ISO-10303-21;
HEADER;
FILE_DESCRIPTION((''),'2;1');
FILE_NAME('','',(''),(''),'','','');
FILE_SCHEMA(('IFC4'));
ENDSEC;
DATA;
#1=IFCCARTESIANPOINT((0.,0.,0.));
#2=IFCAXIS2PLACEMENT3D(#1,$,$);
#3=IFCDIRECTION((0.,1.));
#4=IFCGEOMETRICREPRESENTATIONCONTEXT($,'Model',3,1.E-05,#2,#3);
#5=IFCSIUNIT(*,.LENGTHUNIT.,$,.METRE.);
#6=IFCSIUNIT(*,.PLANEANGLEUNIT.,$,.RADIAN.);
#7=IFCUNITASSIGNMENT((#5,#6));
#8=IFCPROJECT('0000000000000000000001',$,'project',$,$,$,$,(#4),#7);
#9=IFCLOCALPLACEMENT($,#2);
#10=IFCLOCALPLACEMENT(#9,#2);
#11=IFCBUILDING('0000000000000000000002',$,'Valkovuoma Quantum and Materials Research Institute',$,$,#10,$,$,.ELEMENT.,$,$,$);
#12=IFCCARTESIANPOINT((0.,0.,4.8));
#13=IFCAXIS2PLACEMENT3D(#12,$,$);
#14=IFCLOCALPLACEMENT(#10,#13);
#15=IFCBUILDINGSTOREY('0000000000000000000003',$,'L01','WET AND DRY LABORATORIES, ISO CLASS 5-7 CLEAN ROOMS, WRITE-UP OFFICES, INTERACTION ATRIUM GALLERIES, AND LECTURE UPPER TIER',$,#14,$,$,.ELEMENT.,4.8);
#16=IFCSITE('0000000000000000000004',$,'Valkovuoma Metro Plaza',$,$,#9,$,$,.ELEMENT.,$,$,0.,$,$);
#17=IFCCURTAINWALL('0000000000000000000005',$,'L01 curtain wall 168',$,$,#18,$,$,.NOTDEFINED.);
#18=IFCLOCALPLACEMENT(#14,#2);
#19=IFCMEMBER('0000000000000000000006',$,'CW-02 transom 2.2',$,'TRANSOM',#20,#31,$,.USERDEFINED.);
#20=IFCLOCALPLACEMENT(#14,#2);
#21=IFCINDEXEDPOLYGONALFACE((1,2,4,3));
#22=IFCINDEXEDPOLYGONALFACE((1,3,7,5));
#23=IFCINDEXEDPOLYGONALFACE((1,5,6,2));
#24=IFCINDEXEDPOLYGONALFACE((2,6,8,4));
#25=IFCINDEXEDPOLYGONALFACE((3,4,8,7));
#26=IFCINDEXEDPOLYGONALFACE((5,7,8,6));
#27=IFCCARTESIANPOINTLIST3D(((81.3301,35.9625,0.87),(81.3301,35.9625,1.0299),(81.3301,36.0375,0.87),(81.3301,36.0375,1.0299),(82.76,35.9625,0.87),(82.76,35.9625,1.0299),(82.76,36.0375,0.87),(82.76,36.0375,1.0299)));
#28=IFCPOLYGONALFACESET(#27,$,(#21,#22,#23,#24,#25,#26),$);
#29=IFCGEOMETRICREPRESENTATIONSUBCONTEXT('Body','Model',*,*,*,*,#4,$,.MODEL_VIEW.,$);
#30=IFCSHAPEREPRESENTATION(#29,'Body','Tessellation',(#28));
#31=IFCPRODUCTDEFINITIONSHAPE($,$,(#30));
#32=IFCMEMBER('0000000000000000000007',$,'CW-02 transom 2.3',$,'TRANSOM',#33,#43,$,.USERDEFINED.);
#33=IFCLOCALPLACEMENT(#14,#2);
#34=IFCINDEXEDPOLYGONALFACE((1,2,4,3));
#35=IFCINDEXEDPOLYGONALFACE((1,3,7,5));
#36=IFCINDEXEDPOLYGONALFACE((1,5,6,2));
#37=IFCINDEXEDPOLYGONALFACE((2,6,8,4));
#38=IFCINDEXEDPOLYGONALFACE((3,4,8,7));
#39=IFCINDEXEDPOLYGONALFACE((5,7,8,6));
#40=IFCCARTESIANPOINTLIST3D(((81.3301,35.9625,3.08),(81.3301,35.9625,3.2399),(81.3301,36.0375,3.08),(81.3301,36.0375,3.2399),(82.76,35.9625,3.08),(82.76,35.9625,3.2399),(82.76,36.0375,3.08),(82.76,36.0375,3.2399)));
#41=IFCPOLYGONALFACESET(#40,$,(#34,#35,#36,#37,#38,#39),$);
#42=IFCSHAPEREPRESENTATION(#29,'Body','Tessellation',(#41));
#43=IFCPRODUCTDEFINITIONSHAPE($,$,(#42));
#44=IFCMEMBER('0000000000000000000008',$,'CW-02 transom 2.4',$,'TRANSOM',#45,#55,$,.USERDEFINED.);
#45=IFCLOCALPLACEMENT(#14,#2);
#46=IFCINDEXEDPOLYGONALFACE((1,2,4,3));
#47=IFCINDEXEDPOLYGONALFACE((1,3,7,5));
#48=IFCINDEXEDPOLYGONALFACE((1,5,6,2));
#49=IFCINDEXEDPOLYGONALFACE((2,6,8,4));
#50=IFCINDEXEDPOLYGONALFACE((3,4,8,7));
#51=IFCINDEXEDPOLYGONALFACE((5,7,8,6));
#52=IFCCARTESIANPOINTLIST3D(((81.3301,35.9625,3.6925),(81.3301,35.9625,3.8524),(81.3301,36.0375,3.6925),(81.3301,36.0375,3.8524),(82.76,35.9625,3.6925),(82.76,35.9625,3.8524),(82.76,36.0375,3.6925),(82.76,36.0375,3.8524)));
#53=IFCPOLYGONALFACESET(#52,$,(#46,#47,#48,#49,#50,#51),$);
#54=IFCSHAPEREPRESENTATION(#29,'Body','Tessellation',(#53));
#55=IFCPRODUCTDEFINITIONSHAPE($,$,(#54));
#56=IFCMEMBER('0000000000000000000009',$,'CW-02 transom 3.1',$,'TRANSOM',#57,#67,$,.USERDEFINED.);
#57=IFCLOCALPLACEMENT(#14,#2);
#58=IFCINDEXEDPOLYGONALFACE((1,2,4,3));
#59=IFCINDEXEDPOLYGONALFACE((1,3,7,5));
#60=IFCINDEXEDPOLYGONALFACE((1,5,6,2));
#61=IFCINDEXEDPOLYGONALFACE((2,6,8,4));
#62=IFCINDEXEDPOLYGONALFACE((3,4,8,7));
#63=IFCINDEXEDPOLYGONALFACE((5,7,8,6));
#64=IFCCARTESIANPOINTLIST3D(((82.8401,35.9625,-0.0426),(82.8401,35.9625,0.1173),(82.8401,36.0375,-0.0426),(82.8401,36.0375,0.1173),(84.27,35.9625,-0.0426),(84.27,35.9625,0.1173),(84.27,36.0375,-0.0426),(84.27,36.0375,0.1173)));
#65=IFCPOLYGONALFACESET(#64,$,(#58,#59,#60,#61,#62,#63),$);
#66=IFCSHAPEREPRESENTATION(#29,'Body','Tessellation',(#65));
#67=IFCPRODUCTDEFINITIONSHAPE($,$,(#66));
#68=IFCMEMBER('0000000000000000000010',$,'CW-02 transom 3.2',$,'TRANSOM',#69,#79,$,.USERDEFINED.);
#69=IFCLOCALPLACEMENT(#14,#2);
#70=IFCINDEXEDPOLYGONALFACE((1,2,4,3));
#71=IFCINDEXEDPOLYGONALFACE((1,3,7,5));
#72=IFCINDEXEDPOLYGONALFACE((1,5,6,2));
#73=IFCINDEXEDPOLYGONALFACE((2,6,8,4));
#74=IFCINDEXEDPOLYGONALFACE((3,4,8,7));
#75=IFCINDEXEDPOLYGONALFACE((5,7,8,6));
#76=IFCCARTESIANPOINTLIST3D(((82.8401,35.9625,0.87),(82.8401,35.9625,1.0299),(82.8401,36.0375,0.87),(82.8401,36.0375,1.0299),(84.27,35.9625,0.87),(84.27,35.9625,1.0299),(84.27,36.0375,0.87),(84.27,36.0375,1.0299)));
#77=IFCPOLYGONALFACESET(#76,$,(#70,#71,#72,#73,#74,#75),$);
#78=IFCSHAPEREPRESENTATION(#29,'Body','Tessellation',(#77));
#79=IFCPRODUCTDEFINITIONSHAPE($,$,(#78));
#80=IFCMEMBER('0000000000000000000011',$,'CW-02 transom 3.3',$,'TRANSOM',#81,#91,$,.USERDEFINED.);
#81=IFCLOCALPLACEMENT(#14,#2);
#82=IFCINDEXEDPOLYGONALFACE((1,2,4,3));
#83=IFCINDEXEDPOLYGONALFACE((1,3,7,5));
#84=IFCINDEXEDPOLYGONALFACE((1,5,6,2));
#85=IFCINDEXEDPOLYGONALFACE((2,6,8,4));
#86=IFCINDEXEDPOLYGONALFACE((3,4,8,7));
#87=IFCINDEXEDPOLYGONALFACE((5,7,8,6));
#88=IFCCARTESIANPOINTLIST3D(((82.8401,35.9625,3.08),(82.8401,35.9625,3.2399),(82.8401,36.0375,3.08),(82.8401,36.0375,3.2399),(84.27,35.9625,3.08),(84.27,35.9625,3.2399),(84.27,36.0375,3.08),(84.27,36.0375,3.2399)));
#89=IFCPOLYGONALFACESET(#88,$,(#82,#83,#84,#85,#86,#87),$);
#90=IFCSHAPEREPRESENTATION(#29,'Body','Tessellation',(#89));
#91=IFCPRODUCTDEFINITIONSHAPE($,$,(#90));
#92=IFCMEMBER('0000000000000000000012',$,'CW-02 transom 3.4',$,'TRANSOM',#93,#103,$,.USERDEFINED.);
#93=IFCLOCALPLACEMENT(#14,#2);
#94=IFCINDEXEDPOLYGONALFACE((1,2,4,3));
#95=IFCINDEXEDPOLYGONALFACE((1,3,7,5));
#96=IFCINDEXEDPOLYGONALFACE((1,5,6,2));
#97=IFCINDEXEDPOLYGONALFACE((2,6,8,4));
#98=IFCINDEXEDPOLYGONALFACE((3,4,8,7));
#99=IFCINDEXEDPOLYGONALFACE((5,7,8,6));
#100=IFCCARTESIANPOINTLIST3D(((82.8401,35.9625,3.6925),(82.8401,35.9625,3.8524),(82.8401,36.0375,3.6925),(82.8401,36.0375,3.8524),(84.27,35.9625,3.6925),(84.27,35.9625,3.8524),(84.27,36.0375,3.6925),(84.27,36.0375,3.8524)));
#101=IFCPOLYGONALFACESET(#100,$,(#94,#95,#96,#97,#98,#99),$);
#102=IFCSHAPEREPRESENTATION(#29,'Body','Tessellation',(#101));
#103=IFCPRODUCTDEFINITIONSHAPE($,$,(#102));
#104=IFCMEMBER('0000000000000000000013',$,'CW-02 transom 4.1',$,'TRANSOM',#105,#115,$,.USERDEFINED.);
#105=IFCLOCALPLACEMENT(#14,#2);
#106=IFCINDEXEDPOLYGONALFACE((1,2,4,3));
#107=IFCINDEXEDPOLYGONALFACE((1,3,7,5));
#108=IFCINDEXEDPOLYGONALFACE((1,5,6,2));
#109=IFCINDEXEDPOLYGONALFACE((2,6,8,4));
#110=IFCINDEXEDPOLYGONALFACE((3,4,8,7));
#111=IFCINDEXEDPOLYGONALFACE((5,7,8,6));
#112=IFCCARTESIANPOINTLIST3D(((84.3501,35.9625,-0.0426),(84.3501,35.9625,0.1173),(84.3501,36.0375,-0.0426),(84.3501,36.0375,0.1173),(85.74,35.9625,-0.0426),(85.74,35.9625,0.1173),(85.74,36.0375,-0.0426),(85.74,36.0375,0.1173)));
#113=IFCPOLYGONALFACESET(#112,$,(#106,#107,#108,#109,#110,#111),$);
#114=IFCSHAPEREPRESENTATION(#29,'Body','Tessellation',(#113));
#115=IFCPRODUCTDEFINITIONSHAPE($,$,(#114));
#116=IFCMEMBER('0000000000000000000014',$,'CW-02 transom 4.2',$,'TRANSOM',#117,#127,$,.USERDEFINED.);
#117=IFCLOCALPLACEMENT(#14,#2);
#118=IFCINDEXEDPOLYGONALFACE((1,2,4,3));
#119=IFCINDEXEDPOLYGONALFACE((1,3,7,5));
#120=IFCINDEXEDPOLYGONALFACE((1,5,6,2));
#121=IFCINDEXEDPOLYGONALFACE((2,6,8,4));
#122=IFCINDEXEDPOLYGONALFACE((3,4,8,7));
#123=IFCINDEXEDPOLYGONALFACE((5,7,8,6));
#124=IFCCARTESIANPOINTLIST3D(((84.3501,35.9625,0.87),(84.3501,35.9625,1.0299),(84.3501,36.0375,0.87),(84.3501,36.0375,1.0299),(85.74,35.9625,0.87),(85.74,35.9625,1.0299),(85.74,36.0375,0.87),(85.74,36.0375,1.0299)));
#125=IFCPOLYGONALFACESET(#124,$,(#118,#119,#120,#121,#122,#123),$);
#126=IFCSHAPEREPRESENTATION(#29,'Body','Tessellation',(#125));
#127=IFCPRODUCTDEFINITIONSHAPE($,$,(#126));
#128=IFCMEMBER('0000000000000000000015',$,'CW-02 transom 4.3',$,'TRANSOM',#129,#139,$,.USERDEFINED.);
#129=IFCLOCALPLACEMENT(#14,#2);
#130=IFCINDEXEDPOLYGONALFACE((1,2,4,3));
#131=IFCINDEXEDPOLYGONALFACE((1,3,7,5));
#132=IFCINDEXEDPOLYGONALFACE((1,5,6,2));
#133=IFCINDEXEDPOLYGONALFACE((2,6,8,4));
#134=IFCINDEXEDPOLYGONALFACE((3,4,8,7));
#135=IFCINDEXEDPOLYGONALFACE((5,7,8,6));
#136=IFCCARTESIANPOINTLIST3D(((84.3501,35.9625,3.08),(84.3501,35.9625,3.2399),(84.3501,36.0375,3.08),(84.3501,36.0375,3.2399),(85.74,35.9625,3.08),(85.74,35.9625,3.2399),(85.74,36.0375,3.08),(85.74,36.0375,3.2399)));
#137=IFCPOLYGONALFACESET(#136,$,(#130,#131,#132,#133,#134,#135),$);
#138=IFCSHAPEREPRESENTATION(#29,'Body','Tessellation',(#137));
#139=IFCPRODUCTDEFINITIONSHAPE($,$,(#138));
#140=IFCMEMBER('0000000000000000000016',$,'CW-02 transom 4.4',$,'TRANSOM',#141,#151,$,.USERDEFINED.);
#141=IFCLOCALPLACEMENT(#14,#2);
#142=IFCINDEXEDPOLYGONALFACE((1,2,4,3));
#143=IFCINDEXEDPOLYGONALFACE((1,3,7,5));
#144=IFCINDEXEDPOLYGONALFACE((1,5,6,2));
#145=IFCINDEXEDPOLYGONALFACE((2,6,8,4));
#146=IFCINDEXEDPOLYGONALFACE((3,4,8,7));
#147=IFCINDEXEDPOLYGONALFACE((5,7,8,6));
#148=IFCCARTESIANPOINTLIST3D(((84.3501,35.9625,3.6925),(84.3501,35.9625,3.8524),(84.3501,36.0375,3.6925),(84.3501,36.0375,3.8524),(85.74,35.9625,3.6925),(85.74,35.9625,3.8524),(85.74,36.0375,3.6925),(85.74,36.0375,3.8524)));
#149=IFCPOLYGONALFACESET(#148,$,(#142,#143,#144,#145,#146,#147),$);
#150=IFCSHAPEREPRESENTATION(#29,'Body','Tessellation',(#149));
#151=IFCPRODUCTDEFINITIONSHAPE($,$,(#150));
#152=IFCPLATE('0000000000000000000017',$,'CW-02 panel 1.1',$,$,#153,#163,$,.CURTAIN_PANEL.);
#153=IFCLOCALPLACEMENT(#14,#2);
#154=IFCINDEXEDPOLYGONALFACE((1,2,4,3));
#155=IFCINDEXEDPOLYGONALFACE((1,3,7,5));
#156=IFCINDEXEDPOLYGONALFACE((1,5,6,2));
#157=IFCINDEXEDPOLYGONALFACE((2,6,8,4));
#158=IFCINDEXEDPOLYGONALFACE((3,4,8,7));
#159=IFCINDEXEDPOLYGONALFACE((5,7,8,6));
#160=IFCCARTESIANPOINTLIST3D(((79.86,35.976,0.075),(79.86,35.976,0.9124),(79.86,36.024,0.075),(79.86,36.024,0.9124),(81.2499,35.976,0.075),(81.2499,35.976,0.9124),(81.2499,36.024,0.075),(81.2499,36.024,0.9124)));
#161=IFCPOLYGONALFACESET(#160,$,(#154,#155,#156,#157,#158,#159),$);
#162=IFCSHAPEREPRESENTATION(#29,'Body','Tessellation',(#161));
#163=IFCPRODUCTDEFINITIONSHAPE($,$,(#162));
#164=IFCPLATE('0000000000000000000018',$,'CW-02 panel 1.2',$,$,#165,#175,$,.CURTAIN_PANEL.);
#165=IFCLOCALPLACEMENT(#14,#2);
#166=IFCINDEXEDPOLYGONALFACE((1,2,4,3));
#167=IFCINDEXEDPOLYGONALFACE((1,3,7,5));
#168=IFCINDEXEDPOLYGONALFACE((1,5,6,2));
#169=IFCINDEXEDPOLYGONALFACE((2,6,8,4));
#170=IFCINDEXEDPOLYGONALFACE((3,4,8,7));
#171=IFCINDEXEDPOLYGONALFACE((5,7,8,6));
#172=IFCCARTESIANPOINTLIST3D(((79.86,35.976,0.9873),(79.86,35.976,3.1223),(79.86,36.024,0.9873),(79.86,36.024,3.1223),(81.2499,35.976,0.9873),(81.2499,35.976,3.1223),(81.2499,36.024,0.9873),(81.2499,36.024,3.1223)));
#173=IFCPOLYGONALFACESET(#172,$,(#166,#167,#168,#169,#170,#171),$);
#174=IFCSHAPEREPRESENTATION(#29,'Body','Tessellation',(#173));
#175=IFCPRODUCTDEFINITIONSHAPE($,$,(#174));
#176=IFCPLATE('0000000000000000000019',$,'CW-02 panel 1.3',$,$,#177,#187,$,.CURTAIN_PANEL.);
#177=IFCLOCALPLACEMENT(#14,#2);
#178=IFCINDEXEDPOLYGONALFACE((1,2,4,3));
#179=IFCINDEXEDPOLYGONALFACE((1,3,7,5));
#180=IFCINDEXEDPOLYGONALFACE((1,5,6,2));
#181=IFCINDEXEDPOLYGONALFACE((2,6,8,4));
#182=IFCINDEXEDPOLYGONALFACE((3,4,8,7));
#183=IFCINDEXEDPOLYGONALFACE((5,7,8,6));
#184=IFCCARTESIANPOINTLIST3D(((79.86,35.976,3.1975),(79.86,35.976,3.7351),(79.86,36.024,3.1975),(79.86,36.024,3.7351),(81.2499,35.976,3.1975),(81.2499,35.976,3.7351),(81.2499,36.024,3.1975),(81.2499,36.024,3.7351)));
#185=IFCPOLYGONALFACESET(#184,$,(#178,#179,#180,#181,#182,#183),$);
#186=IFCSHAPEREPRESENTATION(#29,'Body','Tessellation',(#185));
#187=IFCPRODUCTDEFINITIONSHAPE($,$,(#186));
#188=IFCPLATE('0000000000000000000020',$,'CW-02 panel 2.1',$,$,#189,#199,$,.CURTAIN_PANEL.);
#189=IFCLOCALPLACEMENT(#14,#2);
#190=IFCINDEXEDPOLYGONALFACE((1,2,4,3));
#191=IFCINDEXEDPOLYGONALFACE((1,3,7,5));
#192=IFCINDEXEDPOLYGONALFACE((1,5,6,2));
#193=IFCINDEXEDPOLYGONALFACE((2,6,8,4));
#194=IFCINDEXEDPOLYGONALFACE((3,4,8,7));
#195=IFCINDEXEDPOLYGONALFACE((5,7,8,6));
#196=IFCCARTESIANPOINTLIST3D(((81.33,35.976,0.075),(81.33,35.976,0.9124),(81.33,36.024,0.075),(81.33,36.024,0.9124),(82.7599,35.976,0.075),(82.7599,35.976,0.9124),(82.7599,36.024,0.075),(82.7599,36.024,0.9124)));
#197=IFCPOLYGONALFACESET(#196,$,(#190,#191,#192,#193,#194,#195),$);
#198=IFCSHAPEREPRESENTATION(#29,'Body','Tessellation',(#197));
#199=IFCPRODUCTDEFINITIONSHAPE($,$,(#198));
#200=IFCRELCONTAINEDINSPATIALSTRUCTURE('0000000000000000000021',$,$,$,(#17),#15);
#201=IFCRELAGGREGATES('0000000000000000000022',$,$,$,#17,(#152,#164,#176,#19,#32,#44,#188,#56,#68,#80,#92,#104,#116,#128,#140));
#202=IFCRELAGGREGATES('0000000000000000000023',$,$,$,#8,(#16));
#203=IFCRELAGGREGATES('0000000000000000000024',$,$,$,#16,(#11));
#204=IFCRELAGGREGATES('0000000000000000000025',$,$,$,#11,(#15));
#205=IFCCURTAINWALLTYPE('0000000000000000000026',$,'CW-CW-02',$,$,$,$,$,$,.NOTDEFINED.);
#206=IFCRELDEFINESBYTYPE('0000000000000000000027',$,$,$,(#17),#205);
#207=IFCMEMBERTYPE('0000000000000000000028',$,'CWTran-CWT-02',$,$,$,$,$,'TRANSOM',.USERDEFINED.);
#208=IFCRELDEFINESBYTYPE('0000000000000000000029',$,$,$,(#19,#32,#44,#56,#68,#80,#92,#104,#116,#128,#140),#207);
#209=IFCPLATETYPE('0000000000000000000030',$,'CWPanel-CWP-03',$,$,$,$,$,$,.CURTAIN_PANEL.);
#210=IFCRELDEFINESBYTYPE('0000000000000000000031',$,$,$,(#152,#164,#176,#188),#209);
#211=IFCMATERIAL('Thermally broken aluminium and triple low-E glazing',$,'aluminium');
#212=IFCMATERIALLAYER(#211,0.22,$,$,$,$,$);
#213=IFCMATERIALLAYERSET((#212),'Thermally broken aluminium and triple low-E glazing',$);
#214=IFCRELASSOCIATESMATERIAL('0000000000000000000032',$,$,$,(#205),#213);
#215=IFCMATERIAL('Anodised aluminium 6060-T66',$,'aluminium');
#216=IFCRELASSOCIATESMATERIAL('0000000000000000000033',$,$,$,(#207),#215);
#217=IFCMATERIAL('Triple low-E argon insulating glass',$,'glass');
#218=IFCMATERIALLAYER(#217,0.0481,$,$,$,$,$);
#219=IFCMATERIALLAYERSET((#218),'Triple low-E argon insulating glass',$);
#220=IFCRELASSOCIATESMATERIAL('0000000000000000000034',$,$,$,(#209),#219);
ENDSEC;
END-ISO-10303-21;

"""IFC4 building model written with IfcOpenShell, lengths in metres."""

from ifc_helpers import new_model, si_unit, direction, frame, origin, origin_2d, place, context, subcontext, project, spatial, rectangle, extrude, material, layer, layer_set, material_profile, profile_set, type_object, element, aggregate, save


model = new_model("IFC4")

# Units and contexts
model_context = context("Model", 3, precision=1e-05, world=origin(), true_north=direction((0.0, 1.0)))
body_context = subcontext(model_context, "Body", "Model", "MODEL_VIEW")
ifc_project = project(units=[si_unit("LENGTHUNIT", "METRE"), si_unit("PLANEANGLEUNIT", "RADIAN")], contexts=[model_context])

# Site, building, storey
site_placement = place(None, origin())
site = spatial("IfcSite", under=ifc_project, at=site_placement, Name="Valkovuoma Metro Plaza", CompositionType="ELEMENT", RefElevation=0.0)
building_placement = place(site_placement, origin())
building = spatial("IfcBuilding", under=site, at=building_placement, Name="Valkovuoma Quantum and Materials Research Institute", CompositionType="ELEMENT")
storey_placement = place(building_placement, frame((0.0, 0.0, 4.8)))
storey = spatial("IfcBuildingStorey", under=building, at=storey_placement, Name="L01", Description="WET AND DRY LABORATORIES, ISO CLASS 5-7 CLEAN ROOMS, WRITE-UP OFFICES, INTERACTION ATRIUM GALLERIES, AND LECTURE UPPER TIER", CompositionType="ELEMENT", Elevation=4.8)

# Curtain wall, members, plates
ifc_material_1 = material(Name="Thermally broken aluminium and triple low-E glazing", Category="aluminium")
ifc_layer_1 = layer(ifc_material_1, 0.22)
ifc_layer_set_1 = layer_set([ifc_layer_1], Name="Thermally broken aluminium and triple low-E glazing")
curtain_wall_type = type_object("IfcCurtainWallType", Name="CW-CW-02", PredefinedType="NOTDEFINED", material=ifc_layer_set_1)
curtain_wall_placement = place(storey_placement, origin())
curtain_wall = element("IfcCurtainWall", 1, at=curtain_wall_placement, inside=storey, type_object=curtain_wall_type, Name="L01 curtain wall 168", PredefinedType="NOTDEFINED")
ifc_material_2 = material(Name="Anodised aluminium 6060-T66", Category="aluminium")
ifc_material_profile_1 = material_profile(ifc_material_2, rectangle(XDim=0.075, YDim=0.1599, at=origin_2d()), Name="Anodised aluminium 6060-T66")
ifc_profile_set_1 = profile_set([ifc_material_profile_1], Name="Anodised aluminium 6060-T66")
member_type_1 = type_object("IfcMemberType", Name="CWTran-CWT-02", ElementType="TRANSOM", PredefinedType="USERDEFINED", material=ifc_profile_set_1)
member_1_placement = place(storey_placement, frame((81.3301, 36.0, 0.95), z_axis=(1.0, 0.0, 0.0), x_axis=(0.0, 1.0, 0.0)))
member_1 = element("IfcMember", 2, at=member_1_placement, type_object=member_type_1, Name="CW-02 transom 2.2", ObjectType="TRANSOM", PredefinedType="USERDEFINED", context=body_context, shape_type="SweptSolid", body=[
    extrude(rectangle(XDim=0.075, YDim=0.1599, at=origin_2d()), origin(), (0.0, 0.0, 1.0), 1.4299),
])
member_2_placement = place(storey_placement, frame((81.3301, 36.0, 3.1599), z_axis=(1.0, 0.0, 0.0), x_axis=(0.0, 1.0, 0.0)))
member_2 = element("IfcMember", 3, at=member_2_placement, type_object=member_type_1, Name="CW-02 transom 2.3", ObjectType="TRANSOM", PredefinedType="USERDEFINED", context=body_context, shape_type="SweptSolid", body=[
    extrude(rectangle(XDim=0.075, YDim=0.1599, at=origin_2d()), origin(), (0.0, 0.0, 1.0), 1.4299),
])
member_3_placement = place(storey_placement, frame((81.3301, 36.0, 3.7725), z_axis=(1.0, 0.0, 0.0), x_axis=(0.0, 1.0, 0.0)))
member_3 = element("IfcMember", 4, at=member_3_placement, type_object=member_type_1, Name="CW-02 transom 2.4", ObjectType="TRANSOM", PredefinedType="USERDEFINED", context=body_context, shape_type="SweptSolid", body=[
    extrude(rectangle(XDim=0.075, YDim=0.1599, at=origin_2d()), origin(), (0.0, 0.0, 1.0), 1.4299),
])
member_4_placement = place(storey_placement, frame((82.8401, 36.0, 0.0374), z_axis=(1.0, 0.0, 0.0), x_axis=(0.0, 1.0, 0.0)))
member_4 = element("IfcMember", 5, at=member_4_placement, type_object=member_type_1, Name="CW-02 transom 3.1", ObjectType="TRANSOM", PredefinedType="USERDEFINED", context=body_context, shape_type="SweptSolid", body=[
    extrude(rectangle(XDim=0.075, YDim=0.1599, at=origin_2d()), origin(), (0.0, 0.0, 1.0), 1.4299),
])
member_5_placement = place(storey_placement, frame((82.8401, 36.0, 0.95), z_axis=(1.0, 0.0, 0.0), x_axis=(0.0, 1.0, 0.0)))
member_5 = element("IfcMember", 6, at=member_5_placement, type_object=member_type_1, Name="CW-02 transom 3.2", ObjectType="TRANSOM", PredefinedType="USERDEFINED", context=body_context, shape_type="SweptSolid", body=[
    extrude(rectangle(XDim=0.075, YDim=0.1599, at=origin_2d()), origin(), (0.0, 0.0, 1.0), 1.4299),
])
member_6_placement = place(storey_placement, frame((82.8401, 36.0, 3.1599), z_axis=(1.0, 0.0, 0.0), x_axis=(0.0, 1.0, 0.0)))
member_6 = element("IfcMember", 7, at=member_6_placement, type_object=member_type_1, Name="CW-02 transom 3.3", ObjectType="TRANSOM", PredefinedType="USERDEFINED", context=body_context, shape_type="SweptSolid", body=[
    extrude(rectangle(XDim=0.075, YDim=0.1599, at=origin_2d()), origin(), (0.0, 0.0, 1.0), 1.4299),
])
member_7_placement = place(storey_placement, frame((82.8401, 36.0, 3.7725), z_axis=(1.0, 0.0, 0.0), x_axis=(0.0, 1.0, 0.0)))
member_7 = element("IfcMember", 8, at=member_7_placement, type_object=member_type_1, Name="CW-02 transom 3.4", ObjectType="TRANSOM", PredefinedType="USERDEFINED", context=body_context, shape_type="SweptSolid", body=[
    extrude(rectangle(XDim=0.075, YDim=0.1599, at=origin_2d()), origin(), (0.0, 0.0, 1.0), 1.4299),
])
member_8_placement = place(storey_placement, frame((84.3501, 36.0, 0.0374), z_axis=(1.0, 0.0, 0.0), x_axis=(0.0, 1.0, 0.0)))
member_8 = element("IfcMember", 9, at=member_8_placement, type_object=member_type_1, Name="CW-02 transom 4.1", ObjectType="TRANSOM", PredefinedType="USERDEFINED", context=body_context, shape_type="SweptSolid", body=[
    extrude(rectangle(XDim=0.075, YDim=0.1599, at=origin_2d()), origin(), (0.0, 0.0, 1.0), 1.3899),
])
member_9_placement = place(storey_placement, frame((84.3501, 36.0, 0.95), z_axis=(1.0, 0.0, 0.0), x_axis=(0.0, 1.0, 0.0)))
member_9 = element("IfcMember", 10, at=member_9_placement, type_object=member_type_1, Name="CW-02 transom 4.2", ObjectType="TRANSOM", PredefinedType="USERDEFINED", context=body_context, shape_type="SweptSolid", body=[
    extrude(rectangle(XDim=0.075, YDim=0.1599, at=origin_2d()), origin(), (0.0, 0.0, 1.0), 1.3899),
])
member_10_placement = place(storey_placement, frame((84.3501, 36.0, 3.1599), z_axis=(1.0, 0.0, 0.0), x_axis=(0.0, 1.0, 0.0)))
member_10 = element("IfcMember", 11, at=member_10_placement, type_object=member_type_1, Name="CW-02 transom 4.3", ObjectType="TRANSOM", PredefinedType="USERDEFINED", context=body_context, shape_type="SweptSolid", body=[
    extrude(rectangle(XDim=0.075, YDim=0.1599, at=origin_2d()), origin(), (0.0, 0.0, 1.0), 1.3899),
])
member_11_placement = place(storey_placement, frame((84.3501, 36.0, 3.7725), z_axis=(1.0, 0.0, 0.0), x_axis=(0.0, 1.0, 0.0)))
member_11 = element("IfcMember", 12, at=member_11_placement, type_object=member_type_1, Name="CW-02 transom 4.4", ObjectType="TRANSOM", PredefinedType="USERDEFINED", context=body_context, shape_type="SweptSolid", body=[
    extrude(rectangle(XDim=0.075, YDim=0.1599, at=origin_2d()), origin(), (0.0, 0.0, 1.0), 1.3899),
])
ifc_material_3 = material(Name="Triple low-E argon insulating glass", Category="glass")
ifc_layer_2 = layer(ifc_material_3, 0.0481)
ifc_layer_set_2 = layer_set([ifc_layer_2], Name="Triple low-E argon insulating glass")
plate_type = type_object("IfcPlateType", Name="CWPanel-CWP-03", PredefinedType="CURTAIN_PANEL", material=ifc_layer_set_2)
plate_1_placement = place(storey_placement, frame((80.5549, 36.0, 0.075), z_axis=(0.0, 0.0, 1.0), x_axis=(1.0, 0.0, 0.0)))
plate_1 = element("IfcPlate", 13, at=plate_1_placement, type_object=plate_type, Name="CW-02 panel 1.1", PredefinedType="CURTAIN_PANEL", context=body_context, shape_type="SweptSolid", body=[
    extrude(rectangle(XDim=1.3899, YDim=0.0481, at=origin_2d()), origin(), (0.0, 0.0, 1.0), 0.8374),
])
plate_2_placement = place(storey_placement, frame((80.5549, 36.0, 0.9873), z_axis=(0.0, 0.0, 1.0), x_axis=(1.0, 0.0, 0.0)))
plate_2 = element("IfcPlate", 14, at=plate_2_placement, type_object=plate_type, Name="CW-02 panel 1.2", PredefinedType="CURTAIN_PANEL", context=body_context, shape_type="SweptSolid", body=[
    extrude(rectangle(XDim=1.3899, YDim=0.0481, at=origin_2d()), origin(), (0.0, 0.0, 1.0), 2.135),
])
plate_3_placement = place(storey_placement, frame((80.5549, 36.0, 3.1975), z_axis=(0.0, 0.0, 1.0), x_axis=(1.0, 0.0, 0.0)))
plate_3 = element("IfcPlate", 15, at=plate_3_placement, type_object=plate_type, Name="CW-02 panel 1.3", PredefinedType="CURTAIN_PANEL", context=body_context, shape_type="SweptSolid", body=[
    extrude(rectangle(XDim=1.3899, YDim=0.0481, at=origin_2d()), origin(), (0.0, 0.0, 1.0), 0.5376),
])
plate_4_placement = place(storey_placement, frame((82.0449, 36.0, 0.075), z_axis=(0.0, 0.0, 1.0), x_axis=(1.0, 0.0, 0.0)))
plate_4 = element("IfcPlate", 16, at=plate_4_placement, type_object=plate_type, Name="CW-02 panel 2.1", PredefinedType="CURTAIN_PANEL", context=body_context, shape_type="SweptSolid", body=[
    extrude(rectangle(XDim=1.4299, YDim=0.0481, at=origin_2d()), origin(), (0.0, 0.0, 1.0), 0.8374),
])
aggregate(curtain_wall, [plate_1, plate_2, plate_3, member_1, member_2, member_3, plate_4, member_4, member_5, member_6, member_7, member_8, member_9, member_10, member_11])

save(model, "model.ifc")
